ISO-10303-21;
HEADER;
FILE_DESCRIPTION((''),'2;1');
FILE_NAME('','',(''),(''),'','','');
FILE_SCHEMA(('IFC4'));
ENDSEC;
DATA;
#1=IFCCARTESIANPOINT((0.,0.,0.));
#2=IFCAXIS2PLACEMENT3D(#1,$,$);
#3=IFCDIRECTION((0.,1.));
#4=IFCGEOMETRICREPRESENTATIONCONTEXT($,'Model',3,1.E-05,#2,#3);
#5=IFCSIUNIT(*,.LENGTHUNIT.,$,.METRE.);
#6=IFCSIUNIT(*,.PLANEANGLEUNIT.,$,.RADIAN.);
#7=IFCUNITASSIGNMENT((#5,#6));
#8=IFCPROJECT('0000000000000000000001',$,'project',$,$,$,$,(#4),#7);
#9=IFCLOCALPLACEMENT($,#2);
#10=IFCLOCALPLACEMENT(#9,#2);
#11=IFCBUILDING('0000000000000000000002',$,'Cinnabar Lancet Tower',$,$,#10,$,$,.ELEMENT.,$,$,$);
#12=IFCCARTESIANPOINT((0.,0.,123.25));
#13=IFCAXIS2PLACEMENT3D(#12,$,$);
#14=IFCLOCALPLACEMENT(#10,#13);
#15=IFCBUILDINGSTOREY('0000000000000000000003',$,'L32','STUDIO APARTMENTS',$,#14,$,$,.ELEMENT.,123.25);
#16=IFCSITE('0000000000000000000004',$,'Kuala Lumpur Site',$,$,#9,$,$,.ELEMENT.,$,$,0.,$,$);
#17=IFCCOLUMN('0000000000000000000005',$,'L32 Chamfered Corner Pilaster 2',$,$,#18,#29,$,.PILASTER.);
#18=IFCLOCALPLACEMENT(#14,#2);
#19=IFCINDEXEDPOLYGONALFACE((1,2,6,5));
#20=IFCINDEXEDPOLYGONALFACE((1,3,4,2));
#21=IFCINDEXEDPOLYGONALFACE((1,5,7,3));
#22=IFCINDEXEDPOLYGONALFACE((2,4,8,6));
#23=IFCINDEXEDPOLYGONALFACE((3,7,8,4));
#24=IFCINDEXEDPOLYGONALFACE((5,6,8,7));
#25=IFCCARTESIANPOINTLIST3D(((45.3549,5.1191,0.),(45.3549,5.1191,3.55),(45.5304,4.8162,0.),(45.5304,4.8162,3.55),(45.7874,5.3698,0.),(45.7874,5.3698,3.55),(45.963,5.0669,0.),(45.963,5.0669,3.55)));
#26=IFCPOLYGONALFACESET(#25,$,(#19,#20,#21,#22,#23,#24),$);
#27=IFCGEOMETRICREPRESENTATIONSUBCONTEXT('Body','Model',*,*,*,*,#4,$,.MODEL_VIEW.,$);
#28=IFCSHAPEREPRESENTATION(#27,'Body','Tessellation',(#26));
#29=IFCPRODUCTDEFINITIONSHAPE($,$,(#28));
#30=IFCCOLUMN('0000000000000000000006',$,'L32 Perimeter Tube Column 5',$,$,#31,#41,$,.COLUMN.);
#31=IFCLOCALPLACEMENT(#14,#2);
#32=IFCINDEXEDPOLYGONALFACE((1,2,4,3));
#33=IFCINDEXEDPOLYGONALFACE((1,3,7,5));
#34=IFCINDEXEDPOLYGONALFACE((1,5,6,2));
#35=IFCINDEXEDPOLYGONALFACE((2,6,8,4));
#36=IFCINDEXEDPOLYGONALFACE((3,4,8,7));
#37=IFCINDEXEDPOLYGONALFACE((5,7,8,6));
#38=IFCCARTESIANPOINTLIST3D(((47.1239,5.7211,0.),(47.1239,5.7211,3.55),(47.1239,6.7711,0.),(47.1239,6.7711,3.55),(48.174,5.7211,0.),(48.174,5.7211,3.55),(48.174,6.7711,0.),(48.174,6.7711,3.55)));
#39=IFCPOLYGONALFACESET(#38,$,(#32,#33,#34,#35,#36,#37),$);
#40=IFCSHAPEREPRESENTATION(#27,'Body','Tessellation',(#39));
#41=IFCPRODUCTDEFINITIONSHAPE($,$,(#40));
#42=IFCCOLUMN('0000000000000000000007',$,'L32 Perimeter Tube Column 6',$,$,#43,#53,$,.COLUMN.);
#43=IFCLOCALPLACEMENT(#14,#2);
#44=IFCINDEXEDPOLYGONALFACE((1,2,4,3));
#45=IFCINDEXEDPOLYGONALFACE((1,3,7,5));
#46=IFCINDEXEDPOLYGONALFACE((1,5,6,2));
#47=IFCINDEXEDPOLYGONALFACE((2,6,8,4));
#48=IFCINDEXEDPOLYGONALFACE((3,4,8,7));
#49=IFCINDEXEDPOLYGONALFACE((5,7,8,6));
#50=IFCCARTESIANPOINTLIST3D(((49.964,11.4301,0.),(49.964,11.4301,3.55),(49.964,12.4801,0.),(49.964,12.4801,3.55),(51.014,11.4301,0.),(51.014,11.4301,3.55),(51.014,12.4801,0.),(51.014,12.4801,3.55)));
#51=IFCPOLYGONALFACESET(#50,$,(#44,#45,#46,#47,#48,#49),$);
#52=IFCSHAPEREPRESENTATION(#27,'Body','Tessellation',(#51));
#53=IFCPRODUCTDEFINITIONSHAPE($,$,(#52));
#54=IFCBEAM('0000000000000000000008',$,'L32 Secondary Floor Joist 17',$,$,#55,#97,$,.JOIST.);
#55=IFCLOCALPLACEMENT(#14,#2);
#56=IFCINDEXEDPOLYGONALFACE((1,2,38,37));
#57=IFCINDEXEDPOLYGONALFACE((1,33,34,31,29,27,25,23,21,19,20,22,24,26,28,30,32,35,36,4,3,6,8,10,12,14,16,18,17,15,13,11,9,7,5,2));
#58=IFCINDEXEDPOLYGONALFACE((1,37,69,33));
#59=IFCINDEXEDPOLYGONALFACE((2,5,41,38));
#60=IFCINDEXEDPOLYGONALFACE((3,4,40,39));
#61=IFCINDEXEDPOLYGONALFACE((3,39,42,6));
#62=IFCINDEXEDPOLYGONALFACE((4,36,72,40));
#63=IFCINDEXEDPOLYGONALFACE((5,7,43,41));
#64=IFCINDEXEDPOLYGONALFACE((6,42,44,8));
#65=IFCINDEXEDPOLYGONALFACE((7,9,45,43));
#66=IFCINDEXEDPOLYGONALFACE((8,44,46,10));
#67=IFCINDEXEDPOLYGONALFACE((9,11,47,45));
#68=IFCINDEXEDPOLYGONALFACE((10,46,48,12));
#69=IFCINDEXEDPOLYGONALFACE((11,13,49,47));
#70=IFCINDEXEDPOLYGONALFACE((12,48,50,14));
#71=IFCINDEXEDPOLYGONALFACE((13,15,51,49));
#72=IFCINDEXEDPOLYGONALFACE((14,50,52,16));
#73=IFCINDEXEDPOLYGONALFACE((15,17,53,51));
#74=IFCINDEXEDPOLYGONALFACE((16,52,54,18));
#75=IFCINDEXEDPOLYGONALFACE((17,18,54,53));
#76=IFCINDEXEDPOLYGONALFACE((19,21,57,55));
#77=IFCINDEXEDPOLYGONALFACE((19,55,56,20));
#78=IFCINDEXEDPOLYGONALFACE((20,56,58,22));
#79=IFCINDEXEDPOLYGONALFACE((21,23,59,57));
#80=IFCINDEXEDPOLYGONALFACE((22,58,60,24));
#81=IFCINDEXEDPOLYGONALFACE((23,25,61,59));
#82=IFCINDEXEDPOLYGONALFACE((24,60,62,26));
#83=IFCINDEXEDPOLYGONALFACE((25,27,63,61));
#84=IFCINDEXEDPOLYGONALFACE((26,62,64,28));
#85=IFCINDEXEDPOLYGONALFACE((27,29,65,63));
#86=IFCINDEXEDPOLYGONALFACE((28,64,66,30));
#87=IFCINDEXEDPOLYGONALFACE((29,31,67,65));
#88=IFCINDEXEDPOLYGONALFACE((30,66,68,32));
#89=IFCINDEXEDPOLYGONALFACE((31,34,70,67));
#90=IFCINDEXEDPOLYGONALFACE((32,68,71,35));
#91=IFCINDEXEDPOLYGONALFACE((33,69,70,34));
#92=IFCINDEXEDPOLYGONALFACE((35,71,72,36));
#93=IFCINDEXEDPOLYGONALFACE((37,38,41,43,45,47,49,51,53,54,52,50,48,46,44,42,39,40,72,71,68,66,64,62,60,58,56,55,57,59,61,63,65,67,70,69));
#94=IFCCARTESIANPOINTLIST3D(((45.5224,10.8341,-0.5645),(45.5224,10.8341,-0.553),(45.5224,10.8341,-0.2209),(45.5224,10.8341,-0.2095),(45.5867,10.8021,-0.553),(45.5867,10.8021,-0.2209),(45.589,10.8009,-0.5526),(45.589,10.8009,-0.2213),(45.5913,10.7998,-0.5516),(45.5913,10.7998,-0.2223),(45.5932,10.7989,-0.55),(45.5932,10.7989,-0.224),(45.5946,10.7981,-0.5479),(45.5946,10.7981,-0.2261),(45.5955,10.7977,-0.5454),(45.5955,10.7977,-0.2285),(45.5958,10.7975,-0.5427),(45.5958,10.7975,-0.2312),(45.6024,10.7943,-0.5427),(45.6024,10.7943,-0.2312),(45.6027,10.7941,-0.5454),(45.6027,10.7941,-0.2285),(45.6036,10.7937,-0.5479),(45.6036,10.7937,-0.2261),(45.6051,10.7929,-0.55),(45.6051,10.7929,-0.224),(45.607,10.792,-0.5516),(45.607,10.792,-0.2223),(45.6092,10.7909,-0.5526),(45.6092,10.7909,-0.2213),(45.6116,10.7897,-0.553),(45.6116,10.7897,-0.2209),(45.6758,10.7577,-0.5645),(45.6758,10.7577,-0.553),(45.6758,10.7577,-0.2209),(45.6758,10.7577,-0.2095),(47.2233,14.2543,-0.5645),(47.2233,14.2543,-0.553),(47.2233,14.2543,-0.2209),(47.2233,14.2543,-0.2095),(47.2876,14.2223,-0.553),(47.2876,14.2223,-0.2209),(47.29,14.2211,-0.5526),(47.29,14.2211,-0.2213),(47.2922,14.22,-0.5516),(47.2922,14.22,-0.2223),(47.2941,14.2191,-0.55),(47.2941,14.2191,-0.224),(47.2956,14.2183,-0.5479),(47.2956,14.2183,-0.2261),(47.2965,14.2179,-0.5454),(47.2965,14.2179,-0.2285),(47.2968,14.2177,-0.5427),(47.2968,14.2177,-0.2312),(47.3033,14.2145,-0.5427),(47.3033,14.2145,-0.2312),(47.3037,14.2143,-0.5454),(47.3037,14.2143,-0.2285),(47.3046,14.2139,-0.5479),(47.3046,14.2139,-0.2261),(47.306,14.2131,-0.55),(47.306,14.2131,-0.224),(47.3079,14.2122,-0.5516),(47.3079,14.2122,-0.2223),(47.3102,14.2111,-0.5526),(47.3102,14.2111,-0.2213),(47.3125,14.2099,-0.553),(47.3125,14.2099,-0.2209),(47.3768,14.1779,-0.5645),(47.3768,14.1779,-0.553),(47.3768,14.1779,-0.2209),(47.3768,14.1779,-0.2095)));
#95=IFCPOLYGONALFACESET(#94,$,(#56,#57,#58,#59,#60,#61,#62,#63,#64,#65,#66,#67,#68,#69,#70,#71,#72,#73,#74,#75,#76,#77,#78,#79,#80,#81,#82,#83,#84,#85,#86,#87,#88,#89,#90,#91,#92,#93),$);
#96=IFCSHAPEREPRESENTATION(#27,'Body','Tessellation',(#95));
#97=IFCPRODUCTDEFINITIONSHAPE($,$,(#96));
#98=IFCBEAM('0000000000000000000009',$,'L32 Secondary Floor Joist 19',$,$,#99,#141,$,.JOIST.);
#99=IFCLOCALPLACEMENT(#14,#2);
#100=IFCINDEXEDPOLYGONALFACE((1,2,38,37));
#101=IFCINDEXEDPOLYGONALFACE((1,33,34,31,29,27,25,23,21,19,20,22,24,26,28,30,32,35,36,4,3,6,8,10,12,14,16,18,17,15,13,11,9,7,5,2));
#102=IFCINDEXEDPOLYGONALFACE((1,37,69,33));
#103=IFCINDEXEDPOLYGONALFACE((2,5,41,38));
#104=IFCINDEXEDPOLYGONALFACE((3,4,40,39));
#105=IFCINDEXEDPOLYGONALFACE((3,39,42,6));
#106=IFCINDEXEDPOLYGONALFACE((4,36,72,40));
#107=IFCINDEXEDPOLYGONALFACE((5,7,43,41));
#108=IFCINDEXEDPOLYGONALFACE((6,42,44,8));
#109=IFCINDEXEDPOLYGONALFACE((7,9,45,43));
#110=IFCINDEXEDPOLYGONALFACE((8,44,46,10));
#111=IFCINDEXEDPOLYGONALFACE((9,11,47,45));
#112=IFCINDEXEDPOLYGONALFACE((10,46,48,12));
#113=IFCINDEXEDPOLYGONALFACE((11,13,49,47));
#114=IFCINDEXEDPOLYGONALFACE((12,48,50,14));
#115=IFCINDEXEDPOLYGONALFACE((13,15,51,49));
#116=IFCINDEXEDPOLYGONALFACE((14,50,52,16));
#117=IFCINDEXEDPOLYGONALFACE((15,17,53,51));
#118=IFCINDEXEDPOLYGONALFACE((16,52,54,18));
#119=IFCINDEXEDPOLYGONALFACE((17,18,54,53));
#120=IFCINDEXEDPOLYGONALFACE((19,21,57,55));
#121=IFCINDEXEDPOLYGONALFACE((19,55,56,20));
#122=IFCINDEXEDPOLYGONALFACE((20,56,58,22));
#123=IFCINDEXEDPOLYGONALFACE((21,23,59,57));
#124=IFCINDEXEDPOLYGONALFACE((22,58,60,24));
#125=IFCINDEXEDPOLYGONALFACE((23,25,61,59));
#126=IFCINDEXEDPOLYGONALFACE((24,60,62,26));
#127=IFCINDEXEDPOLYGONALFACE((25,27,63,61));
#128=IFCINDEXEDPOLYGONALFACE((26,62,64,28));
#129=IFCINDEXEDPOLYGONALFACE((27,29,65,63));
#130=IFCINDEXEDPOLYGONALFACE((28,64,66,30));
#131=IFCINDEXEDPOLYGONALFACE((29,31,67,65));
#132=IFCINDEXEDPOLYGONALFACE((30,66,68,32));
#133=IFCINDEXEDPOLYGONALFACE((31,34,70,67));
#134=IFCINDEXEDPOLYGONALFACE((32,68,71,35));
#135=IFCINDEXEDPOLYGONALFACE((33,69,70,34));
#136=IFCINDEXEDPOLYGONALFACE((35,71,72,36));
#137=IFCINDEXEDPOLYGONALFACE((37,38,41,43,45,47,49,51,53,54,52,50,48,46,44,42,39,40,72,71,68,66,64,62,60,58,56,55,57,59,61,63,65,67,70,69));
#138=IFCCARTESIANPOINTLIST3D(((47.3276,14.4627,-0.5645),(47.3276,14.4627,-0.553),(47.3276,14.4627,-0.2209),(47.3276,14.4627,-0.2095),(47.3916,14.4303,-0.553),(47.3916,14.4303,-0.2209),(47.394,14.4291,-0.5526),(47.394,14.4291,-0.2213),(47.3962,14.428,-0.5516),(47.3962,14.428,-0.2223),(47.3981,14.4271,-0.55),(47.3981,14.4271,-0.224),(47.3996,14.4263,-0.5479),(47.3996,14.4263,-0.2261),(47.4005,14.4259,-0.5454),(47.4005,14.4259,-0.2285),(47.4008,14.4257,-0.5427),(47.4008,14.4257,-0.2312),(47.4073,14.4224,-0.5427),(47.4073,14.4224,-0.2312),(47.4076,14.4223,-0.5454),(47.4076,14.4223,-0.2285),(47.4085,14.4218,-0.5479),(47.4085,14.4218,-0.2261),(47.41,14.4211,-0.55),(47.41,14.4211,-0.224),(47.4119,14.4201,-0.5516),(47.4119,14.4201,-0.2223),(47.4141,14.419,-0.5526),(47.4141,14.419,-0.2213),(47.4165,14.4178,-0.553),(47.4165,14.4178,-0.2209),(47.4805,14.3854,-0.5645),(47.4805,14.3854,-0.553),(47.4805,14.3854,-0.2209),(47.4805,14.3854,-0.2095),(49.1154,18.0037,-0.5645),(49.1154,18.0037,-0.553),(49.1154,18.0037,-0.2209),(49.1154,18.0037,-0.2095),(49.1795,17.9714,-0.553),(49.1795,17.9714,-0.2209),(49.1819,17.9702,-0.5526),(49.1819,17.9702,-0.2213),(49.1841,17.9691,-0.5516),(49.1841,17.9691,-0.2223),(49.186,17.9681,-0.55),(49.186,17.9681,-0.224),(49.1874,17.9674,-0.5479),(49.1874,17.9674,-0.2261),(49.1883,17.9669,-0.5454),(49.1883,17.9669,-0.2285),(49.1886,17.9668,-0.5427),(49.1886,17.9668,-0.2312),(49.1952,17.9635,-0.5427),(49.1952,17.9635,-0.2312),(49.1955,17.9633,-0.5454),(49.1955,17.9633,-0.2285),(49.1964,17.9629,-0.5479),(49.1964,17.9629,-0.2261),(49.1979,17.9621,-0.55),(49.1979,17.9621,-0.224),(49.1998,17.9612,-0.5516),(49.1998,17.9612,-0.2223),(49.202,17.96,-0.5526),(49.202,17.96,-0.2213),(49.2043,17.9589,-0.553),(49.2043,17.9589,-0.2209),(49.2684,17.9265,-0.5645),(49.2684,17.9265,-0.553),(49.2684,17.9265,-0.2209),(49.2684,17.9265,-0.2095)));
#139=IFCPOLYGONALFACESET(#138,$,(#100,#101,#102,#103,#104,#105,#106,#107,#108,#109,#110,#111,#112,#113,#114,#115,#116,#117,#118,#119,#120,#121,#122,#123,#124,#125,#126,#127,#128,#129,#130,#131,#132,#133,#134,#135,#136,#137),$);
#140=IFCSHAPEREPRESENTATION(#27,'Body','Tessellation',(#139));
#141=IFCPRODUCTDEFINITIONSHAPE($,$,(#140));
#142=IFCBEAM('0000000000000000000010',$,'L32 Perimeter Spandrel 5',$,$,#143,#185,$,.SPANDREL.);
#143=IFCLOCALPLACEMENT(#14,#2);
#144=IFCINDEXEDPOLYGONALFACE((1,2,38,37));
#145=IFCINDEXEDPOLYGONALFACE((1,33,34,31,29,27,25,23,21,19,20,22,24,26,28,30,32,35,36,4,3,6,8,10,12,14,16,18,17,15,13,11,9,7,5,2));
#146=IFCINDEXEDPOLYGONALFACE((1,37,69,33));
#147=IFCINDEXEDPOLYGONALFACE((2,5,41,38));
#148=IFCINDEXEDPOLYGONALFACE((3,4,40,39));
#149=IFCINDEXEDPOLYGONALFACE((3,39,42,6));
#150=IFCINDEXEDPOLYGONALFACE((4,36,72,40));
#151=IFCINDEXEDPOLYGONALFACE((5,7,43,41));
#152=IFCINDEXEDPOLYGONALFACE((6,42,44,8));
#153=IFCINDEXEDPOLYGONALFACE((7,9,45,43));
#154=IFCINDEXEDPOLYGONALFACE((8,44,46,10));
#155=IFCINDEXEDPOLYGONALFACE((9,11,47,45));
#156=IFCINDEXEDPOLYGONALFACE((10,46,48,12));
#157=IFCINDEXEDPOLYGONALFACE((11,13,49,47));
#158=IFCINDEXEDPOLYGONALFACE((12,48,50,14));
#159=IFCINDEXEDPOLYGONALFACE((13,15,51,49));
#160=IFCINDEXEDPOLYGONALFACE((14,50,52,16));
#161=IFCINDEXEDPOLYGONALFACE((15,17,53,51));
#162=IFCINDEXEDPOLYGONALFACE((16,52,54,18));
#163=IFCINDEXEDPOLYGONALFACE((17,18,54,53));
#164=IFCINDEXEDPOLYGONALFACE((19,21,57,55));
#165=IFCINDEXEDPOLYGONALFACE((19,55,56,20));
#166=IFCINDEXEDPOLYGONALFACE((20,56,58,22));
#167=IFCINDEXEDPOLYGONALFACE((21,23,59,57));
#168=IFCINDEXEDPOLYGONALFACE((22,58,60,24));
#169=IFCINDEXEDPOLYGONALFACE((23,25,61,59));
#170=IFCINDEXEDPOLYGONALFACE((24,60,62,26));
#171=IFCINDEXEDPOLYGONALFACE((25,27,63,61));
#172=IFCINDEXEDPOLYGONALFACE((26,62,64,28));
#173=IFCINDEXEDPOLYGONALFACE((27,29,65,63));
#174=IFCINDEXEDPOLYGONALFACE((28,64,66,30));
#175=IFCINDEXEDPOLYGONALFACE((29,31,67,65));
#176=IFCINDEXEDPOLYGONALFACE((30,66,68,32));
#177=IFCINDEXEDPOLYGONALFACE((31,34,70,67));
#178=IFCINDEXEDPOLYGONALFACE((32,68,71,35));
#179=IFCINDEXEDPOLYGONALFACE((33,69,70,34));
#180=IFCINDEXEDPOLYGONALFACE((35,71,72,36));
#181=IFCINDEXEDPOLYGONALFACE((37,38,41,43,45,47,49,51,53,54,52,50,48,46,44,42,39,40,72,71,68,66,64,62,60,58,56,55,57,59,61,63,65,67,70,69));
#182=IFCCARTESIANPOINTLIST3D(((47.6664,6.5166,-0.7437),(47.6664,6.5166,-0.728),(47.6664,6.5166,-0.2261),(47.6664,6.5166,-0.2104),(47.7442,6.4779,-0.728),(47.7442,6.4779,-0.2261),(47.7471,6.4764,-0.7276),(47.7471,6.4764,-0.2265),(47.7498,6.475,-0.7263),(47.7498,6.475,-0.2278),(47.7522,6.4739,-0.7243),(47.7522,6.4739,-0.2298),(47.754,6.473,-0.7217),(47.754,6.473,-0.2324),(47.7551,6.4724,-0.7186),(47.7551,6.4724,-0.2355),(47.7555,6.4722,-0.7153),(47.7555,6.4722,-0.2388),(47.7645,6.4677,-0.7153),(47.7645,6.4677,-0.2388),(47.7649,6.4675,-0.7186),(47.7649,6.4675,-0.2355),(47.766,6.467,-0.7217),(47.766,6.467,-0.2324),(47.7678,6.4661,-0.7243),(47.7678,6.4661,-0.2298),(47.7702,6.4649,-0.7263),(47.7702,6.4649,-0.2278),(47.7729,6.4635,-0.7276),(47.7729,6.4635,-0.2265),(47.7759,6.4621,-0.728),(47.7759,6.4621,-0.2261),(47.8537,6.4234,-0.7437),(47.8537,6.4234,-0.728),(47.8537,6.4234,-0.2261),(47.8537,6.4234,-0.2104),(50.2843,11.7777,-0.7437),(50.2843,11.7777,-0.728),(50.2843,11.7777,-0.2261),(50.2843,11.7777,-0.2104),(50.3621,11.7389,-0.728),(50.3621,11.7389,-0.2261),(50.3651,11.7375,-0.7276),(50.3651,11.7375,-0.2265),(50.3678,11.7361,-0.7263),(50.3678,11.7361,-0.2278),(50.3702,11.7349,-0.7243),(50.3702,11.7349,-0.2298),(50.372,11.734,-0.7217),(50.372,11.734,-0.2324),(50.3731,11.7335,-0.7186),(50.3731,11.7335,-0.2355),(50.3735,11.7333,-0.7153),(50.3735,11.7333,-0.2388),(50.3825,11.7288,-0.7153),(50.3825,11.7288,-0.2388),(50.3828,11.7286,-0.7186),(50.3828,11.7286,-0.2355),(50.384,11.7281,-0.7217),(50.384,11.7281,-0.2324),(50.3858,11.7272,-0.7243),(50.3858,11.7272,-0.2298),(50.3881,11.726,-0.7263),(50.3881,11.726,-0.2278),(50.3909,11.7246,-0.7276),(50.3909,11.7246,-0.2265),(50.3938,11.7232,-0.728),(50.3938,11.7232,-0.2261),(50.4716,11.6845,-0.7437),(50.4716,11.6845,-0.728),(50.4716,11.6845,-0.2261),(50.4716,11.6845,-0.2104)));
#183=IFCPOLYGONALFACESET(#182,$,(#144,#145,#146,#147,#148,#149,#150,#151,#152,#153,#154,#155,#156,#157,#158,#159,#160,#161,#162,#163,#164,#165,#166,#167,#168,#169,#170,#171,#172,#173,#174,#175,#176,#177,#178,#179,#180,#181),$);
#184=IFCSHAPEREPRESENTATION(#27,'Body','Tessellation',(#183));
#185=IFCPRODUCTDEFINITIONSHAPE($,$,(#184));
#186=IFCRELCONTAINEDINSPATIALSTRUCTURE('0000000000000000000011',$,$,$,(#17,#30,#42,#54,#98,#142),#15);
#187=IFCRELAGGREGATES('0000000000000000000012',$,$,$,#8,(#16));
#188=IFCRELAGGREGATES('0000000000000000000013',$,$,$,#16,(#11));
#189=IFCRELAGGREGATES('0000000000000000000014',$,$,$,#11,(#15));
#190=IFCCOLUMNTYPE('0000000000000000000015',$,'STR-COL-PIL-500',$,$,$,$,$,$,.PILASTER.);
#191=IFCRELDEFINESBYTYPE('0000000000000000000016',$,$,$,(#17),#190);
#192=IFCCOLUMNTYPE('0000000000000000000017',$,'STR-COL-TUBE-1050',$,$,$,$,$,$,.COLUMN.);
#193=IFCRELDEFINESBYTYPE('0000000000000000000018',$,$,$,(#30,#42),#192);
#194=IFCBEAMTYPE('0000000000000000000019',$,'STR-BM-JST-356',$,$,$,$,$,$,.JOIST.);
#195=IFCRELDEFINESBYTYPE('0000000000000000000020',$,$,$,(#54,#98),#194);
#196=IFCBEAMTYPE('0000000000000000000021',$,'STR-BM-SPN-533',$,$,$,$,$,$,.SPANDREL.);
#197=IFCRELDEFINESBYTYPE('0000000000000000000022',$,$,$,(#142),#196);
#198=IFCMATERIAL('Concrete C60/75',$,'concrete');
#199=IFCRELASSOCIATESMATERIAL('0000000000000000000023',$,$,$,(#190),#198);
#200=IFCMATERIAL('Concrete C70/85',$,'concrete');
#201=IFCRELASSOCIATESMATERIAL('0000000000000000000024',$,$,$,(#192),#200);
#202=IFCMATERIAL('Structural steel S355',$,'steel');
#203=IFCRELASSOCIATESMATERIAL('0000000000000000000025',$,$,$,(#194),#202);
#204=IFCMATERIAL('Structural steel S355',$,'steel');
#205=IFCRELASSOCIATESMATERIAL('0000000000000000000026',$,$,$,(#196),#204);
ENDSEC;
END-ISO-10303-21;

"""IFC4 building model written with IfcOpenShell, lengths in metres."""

from ifc_helpers import new_model, si_unit, direction, frame, origin, origin_2d, place, context, subcontext, project, spatial, rectangle, i_section, extrude, material, material_profile, profile_set, type_object, element, save


model = new_model("IFC4")

# Units and contexts
model_context = context("Model", 3, precision=1e-05, world=origin(), true_north=direction((0.0, 1.0)))
body_context = subcontext(model_context, "Body", "Model", "MODEL_VIEW")
ifc_project = project(units=[si_unit("LENGTHUNIT", "METRE"), si_unit("PLANEANGLEUNIT", "RADIAN")], contexts=[model_context])

# Site, building, storey
site_placement = place(None, origin())
site = spatial("IfcSite", under=ifc_project, at=site_placement, Name="Kuala Lumpur Site", CompositionType="ELEMENT", RefElevation=0.0)
building_placement = place(site_placement, origin())
building = spatial("IfcBuilding", under=site, at=building_placement, Name="Cinnabar Lancet Tower", CompositionType="ELEMENT")
storey_placement = place(building_placement, frame((0.0, 0.0, 123.25)))
storey = spatial("IfcBuildingStorey", under=building, at=storey_placement, Name="L32", Description="STUDIO APARTMENTS", CompositionType="ELEMENT", Elevation=123.25)

# Columns
ifc_material_1 = material(Name="Concrete C60/75", Category="concrete")
ifc_material_profile_1 = material_profile(ifc_material_1, rectangle(XDim=0.5, YDim=0.3501, at=origin_2d()), Name="RC-PIL 500x350")
ifc_profile_set_1 = profile_set([ifc_material_profile_1], Name="Concrete C60/75")
column_type_1 = type_object("IfcColumnType", Name="STR-COL-PIL-500", PredefinedType="PILASTER", material=ifc_profile_set_1)
column_placement = place(storey_placement, frame((45.6589, 5.093, 0.0), z_axis=(0.0, 0.0, 1.0), x_axis=(0.86516, 0.501496, 0.0)))
element("IfcColumn", 1, at=column_placement, inside=storey, type_object=column_type_1, Name="L32 Chamfered Corner Pilaster 2", PredefinedType="PILASTER", context=body_context, shape_type="SweptSolid", body=[
    extrude(rectangle(XDim=0.5, YDim=0.3501, at=origin_2d()), origin(), (0.0, 0.0, 1.0), 3.55),
])
ifc_material_2 = material(Name="Concrete C70/85", Category="concrete")
ifc_material_profile_2 = material_profile(ifc_material_2, rectangle(XDim=1.05, YDim=1.05, at=origin_2d()), Name="RC-COL 1050x1050")
ifc_profile_set_2 = profile_set([ifc_material_profile_2], Name="Concrete C70/85")
column_type_2 = type_object("IfcColumnType", Name="STR-COL-TUBE-1050", PredefinedType="COLUMN", material=ifc_profile_set_2)
for number, where, z_axis, x_axis, name in (
    (2, (47.6489, 6.2461, 0.0), (0.0, 0.0, 1.0), (1.0, 0.0, 0.0), "L32 Perimeter Tube Column 5"),
    (3, (50.489, 11.9551, 0.0), (0.0, 0.0, 1.0), (1.0, 0.0, 0.0), "L32 Perimeter Tube Column 6"),
):
    element("IfcColumn", number, at=place(storey_placement, frame(where, z_axis=z_axis, x_axis=x_axis)), inside=storey, type_object=column_type_2, Name=name, PredefinedType="COLUMN", context=body_context, shape_type="SweptSolid", body=[
        extrude(rectangle(XDim=1.05, YDim=1.05, at=origin_2d()), origin(), (0.0, 0.0, 1.0), 3.55),
    ])

# Beams
ifc_material_3 = material(Name="Structural steel S355", Category="steel")
ifc_material_profile_3 = material_profile(ifc_material_3, i_section(OverallWidth=0.1714, OverallDepth=0.355, WebThickness=0.0073, FlangeThickness=0.0115, FilletRadius=0.0103, at=origin_2d()), Name="UKB 356x171x51")
ifc_profile_set_3 = profile_set([ifc_material_profile_3], Name="Structural steel S355")
beam_type_1 = type_object("IfcBeamType", Name="STR-BM-JST-356", PredefinedType="JOIST", material=ifc_profile_set_3)
beam_1_placement = place(storey_placement, frame((45.5991, 10.7959, -0.387), z_axis=(0.445295, 0.895384, 0.0), x_axis=(-0.895384, 0.445295, 0.0)))
element("IfcBeam", 4, at=beam_1_placement, inside=storey, type_object=beam_type_1, Name="L32 Secondary Floor Joist 17", PredefinedType="JOIST", context=body_context, shape_type="SweptSolid", body=[
    extrude(i_section(OverallWidth=0.1714, OverallDepth=0.355, WebThickness=0.0073, FlangeThickness=0.0115, FilletRadius=0.0103, at=origin_2d()), origin(), (0.0, 0.0, 1.0), 3.8198),
])
beam_2_placement = place(storey_placement, frame((47.4041, 14.4241, -0.387), z_axis=(0.450706, 0.892672, 0.0), x_axis=(-0.892672, 0.450706, 0.0)))
element("IfcBeam", 5, at=beam_2_placement, inside=storey, type_object=beam_type_1, Name="L32 Secondary Floor Joist 19", PredefinedType="JOIST", context=body_context, shape_type="SweptSolid", body=[
    extrude(i_section(OverallWidth=0.1714, OverallDepth=0.355, WebThickness=0.0073, FlangeThickness=0.0115, FilletRadius=0.0103, at=origin_2d()), origin(), (0.0, 0.0, 1.0), 3.9668),
])
ifc_material_4 = material(Name="Structural steel S355", Category="steel")
ifc_material_profile_4 = material_profile(ifc_material_4, i_section(OverallWidth=0.2092, OverallDepth=0.5332, WebThickness=0.01, FlangeThickness=0.0156, FilletRadius=0.0127, at=origin_2d()), Name="UKB 533x210x92")
ifc_profile_set_4 = profile_set([ifc_material_profile_4], Name="Structural steel S355")
beam_type_2 = type_object("IfcBeamType", Name="STR-BM-SPN-533", PredefinedType="SPANDREL", material=ifc_profile_set_4)
beam_3_placement = place(storey_placement, frame((47.76, 6.47, -0.4771), z_axis=(0.445501, 0.895281, 0.0), x_axis=(-0.895281, 0.445501, 0.0)))
element("IfcBeam", 6, at=beam_3_placement, inside=storey, type_object=beam_type_2, Name="L32 Perimeter Spandrel 5", PredefinedType="SPANDREL", context=body_context, shape_type="SweptSolid", body=[
    extrude(i_section(OverallWidth=0.2092, OverallDepth=0.5332, WebThickness=0.01, FlangeThickness=0.0156, FilletRadius=0.0127, at=origin_2d()), origin(), (0.0, 0.0, 1.0), 5.8765),
])

save(model, "model.ifc")
